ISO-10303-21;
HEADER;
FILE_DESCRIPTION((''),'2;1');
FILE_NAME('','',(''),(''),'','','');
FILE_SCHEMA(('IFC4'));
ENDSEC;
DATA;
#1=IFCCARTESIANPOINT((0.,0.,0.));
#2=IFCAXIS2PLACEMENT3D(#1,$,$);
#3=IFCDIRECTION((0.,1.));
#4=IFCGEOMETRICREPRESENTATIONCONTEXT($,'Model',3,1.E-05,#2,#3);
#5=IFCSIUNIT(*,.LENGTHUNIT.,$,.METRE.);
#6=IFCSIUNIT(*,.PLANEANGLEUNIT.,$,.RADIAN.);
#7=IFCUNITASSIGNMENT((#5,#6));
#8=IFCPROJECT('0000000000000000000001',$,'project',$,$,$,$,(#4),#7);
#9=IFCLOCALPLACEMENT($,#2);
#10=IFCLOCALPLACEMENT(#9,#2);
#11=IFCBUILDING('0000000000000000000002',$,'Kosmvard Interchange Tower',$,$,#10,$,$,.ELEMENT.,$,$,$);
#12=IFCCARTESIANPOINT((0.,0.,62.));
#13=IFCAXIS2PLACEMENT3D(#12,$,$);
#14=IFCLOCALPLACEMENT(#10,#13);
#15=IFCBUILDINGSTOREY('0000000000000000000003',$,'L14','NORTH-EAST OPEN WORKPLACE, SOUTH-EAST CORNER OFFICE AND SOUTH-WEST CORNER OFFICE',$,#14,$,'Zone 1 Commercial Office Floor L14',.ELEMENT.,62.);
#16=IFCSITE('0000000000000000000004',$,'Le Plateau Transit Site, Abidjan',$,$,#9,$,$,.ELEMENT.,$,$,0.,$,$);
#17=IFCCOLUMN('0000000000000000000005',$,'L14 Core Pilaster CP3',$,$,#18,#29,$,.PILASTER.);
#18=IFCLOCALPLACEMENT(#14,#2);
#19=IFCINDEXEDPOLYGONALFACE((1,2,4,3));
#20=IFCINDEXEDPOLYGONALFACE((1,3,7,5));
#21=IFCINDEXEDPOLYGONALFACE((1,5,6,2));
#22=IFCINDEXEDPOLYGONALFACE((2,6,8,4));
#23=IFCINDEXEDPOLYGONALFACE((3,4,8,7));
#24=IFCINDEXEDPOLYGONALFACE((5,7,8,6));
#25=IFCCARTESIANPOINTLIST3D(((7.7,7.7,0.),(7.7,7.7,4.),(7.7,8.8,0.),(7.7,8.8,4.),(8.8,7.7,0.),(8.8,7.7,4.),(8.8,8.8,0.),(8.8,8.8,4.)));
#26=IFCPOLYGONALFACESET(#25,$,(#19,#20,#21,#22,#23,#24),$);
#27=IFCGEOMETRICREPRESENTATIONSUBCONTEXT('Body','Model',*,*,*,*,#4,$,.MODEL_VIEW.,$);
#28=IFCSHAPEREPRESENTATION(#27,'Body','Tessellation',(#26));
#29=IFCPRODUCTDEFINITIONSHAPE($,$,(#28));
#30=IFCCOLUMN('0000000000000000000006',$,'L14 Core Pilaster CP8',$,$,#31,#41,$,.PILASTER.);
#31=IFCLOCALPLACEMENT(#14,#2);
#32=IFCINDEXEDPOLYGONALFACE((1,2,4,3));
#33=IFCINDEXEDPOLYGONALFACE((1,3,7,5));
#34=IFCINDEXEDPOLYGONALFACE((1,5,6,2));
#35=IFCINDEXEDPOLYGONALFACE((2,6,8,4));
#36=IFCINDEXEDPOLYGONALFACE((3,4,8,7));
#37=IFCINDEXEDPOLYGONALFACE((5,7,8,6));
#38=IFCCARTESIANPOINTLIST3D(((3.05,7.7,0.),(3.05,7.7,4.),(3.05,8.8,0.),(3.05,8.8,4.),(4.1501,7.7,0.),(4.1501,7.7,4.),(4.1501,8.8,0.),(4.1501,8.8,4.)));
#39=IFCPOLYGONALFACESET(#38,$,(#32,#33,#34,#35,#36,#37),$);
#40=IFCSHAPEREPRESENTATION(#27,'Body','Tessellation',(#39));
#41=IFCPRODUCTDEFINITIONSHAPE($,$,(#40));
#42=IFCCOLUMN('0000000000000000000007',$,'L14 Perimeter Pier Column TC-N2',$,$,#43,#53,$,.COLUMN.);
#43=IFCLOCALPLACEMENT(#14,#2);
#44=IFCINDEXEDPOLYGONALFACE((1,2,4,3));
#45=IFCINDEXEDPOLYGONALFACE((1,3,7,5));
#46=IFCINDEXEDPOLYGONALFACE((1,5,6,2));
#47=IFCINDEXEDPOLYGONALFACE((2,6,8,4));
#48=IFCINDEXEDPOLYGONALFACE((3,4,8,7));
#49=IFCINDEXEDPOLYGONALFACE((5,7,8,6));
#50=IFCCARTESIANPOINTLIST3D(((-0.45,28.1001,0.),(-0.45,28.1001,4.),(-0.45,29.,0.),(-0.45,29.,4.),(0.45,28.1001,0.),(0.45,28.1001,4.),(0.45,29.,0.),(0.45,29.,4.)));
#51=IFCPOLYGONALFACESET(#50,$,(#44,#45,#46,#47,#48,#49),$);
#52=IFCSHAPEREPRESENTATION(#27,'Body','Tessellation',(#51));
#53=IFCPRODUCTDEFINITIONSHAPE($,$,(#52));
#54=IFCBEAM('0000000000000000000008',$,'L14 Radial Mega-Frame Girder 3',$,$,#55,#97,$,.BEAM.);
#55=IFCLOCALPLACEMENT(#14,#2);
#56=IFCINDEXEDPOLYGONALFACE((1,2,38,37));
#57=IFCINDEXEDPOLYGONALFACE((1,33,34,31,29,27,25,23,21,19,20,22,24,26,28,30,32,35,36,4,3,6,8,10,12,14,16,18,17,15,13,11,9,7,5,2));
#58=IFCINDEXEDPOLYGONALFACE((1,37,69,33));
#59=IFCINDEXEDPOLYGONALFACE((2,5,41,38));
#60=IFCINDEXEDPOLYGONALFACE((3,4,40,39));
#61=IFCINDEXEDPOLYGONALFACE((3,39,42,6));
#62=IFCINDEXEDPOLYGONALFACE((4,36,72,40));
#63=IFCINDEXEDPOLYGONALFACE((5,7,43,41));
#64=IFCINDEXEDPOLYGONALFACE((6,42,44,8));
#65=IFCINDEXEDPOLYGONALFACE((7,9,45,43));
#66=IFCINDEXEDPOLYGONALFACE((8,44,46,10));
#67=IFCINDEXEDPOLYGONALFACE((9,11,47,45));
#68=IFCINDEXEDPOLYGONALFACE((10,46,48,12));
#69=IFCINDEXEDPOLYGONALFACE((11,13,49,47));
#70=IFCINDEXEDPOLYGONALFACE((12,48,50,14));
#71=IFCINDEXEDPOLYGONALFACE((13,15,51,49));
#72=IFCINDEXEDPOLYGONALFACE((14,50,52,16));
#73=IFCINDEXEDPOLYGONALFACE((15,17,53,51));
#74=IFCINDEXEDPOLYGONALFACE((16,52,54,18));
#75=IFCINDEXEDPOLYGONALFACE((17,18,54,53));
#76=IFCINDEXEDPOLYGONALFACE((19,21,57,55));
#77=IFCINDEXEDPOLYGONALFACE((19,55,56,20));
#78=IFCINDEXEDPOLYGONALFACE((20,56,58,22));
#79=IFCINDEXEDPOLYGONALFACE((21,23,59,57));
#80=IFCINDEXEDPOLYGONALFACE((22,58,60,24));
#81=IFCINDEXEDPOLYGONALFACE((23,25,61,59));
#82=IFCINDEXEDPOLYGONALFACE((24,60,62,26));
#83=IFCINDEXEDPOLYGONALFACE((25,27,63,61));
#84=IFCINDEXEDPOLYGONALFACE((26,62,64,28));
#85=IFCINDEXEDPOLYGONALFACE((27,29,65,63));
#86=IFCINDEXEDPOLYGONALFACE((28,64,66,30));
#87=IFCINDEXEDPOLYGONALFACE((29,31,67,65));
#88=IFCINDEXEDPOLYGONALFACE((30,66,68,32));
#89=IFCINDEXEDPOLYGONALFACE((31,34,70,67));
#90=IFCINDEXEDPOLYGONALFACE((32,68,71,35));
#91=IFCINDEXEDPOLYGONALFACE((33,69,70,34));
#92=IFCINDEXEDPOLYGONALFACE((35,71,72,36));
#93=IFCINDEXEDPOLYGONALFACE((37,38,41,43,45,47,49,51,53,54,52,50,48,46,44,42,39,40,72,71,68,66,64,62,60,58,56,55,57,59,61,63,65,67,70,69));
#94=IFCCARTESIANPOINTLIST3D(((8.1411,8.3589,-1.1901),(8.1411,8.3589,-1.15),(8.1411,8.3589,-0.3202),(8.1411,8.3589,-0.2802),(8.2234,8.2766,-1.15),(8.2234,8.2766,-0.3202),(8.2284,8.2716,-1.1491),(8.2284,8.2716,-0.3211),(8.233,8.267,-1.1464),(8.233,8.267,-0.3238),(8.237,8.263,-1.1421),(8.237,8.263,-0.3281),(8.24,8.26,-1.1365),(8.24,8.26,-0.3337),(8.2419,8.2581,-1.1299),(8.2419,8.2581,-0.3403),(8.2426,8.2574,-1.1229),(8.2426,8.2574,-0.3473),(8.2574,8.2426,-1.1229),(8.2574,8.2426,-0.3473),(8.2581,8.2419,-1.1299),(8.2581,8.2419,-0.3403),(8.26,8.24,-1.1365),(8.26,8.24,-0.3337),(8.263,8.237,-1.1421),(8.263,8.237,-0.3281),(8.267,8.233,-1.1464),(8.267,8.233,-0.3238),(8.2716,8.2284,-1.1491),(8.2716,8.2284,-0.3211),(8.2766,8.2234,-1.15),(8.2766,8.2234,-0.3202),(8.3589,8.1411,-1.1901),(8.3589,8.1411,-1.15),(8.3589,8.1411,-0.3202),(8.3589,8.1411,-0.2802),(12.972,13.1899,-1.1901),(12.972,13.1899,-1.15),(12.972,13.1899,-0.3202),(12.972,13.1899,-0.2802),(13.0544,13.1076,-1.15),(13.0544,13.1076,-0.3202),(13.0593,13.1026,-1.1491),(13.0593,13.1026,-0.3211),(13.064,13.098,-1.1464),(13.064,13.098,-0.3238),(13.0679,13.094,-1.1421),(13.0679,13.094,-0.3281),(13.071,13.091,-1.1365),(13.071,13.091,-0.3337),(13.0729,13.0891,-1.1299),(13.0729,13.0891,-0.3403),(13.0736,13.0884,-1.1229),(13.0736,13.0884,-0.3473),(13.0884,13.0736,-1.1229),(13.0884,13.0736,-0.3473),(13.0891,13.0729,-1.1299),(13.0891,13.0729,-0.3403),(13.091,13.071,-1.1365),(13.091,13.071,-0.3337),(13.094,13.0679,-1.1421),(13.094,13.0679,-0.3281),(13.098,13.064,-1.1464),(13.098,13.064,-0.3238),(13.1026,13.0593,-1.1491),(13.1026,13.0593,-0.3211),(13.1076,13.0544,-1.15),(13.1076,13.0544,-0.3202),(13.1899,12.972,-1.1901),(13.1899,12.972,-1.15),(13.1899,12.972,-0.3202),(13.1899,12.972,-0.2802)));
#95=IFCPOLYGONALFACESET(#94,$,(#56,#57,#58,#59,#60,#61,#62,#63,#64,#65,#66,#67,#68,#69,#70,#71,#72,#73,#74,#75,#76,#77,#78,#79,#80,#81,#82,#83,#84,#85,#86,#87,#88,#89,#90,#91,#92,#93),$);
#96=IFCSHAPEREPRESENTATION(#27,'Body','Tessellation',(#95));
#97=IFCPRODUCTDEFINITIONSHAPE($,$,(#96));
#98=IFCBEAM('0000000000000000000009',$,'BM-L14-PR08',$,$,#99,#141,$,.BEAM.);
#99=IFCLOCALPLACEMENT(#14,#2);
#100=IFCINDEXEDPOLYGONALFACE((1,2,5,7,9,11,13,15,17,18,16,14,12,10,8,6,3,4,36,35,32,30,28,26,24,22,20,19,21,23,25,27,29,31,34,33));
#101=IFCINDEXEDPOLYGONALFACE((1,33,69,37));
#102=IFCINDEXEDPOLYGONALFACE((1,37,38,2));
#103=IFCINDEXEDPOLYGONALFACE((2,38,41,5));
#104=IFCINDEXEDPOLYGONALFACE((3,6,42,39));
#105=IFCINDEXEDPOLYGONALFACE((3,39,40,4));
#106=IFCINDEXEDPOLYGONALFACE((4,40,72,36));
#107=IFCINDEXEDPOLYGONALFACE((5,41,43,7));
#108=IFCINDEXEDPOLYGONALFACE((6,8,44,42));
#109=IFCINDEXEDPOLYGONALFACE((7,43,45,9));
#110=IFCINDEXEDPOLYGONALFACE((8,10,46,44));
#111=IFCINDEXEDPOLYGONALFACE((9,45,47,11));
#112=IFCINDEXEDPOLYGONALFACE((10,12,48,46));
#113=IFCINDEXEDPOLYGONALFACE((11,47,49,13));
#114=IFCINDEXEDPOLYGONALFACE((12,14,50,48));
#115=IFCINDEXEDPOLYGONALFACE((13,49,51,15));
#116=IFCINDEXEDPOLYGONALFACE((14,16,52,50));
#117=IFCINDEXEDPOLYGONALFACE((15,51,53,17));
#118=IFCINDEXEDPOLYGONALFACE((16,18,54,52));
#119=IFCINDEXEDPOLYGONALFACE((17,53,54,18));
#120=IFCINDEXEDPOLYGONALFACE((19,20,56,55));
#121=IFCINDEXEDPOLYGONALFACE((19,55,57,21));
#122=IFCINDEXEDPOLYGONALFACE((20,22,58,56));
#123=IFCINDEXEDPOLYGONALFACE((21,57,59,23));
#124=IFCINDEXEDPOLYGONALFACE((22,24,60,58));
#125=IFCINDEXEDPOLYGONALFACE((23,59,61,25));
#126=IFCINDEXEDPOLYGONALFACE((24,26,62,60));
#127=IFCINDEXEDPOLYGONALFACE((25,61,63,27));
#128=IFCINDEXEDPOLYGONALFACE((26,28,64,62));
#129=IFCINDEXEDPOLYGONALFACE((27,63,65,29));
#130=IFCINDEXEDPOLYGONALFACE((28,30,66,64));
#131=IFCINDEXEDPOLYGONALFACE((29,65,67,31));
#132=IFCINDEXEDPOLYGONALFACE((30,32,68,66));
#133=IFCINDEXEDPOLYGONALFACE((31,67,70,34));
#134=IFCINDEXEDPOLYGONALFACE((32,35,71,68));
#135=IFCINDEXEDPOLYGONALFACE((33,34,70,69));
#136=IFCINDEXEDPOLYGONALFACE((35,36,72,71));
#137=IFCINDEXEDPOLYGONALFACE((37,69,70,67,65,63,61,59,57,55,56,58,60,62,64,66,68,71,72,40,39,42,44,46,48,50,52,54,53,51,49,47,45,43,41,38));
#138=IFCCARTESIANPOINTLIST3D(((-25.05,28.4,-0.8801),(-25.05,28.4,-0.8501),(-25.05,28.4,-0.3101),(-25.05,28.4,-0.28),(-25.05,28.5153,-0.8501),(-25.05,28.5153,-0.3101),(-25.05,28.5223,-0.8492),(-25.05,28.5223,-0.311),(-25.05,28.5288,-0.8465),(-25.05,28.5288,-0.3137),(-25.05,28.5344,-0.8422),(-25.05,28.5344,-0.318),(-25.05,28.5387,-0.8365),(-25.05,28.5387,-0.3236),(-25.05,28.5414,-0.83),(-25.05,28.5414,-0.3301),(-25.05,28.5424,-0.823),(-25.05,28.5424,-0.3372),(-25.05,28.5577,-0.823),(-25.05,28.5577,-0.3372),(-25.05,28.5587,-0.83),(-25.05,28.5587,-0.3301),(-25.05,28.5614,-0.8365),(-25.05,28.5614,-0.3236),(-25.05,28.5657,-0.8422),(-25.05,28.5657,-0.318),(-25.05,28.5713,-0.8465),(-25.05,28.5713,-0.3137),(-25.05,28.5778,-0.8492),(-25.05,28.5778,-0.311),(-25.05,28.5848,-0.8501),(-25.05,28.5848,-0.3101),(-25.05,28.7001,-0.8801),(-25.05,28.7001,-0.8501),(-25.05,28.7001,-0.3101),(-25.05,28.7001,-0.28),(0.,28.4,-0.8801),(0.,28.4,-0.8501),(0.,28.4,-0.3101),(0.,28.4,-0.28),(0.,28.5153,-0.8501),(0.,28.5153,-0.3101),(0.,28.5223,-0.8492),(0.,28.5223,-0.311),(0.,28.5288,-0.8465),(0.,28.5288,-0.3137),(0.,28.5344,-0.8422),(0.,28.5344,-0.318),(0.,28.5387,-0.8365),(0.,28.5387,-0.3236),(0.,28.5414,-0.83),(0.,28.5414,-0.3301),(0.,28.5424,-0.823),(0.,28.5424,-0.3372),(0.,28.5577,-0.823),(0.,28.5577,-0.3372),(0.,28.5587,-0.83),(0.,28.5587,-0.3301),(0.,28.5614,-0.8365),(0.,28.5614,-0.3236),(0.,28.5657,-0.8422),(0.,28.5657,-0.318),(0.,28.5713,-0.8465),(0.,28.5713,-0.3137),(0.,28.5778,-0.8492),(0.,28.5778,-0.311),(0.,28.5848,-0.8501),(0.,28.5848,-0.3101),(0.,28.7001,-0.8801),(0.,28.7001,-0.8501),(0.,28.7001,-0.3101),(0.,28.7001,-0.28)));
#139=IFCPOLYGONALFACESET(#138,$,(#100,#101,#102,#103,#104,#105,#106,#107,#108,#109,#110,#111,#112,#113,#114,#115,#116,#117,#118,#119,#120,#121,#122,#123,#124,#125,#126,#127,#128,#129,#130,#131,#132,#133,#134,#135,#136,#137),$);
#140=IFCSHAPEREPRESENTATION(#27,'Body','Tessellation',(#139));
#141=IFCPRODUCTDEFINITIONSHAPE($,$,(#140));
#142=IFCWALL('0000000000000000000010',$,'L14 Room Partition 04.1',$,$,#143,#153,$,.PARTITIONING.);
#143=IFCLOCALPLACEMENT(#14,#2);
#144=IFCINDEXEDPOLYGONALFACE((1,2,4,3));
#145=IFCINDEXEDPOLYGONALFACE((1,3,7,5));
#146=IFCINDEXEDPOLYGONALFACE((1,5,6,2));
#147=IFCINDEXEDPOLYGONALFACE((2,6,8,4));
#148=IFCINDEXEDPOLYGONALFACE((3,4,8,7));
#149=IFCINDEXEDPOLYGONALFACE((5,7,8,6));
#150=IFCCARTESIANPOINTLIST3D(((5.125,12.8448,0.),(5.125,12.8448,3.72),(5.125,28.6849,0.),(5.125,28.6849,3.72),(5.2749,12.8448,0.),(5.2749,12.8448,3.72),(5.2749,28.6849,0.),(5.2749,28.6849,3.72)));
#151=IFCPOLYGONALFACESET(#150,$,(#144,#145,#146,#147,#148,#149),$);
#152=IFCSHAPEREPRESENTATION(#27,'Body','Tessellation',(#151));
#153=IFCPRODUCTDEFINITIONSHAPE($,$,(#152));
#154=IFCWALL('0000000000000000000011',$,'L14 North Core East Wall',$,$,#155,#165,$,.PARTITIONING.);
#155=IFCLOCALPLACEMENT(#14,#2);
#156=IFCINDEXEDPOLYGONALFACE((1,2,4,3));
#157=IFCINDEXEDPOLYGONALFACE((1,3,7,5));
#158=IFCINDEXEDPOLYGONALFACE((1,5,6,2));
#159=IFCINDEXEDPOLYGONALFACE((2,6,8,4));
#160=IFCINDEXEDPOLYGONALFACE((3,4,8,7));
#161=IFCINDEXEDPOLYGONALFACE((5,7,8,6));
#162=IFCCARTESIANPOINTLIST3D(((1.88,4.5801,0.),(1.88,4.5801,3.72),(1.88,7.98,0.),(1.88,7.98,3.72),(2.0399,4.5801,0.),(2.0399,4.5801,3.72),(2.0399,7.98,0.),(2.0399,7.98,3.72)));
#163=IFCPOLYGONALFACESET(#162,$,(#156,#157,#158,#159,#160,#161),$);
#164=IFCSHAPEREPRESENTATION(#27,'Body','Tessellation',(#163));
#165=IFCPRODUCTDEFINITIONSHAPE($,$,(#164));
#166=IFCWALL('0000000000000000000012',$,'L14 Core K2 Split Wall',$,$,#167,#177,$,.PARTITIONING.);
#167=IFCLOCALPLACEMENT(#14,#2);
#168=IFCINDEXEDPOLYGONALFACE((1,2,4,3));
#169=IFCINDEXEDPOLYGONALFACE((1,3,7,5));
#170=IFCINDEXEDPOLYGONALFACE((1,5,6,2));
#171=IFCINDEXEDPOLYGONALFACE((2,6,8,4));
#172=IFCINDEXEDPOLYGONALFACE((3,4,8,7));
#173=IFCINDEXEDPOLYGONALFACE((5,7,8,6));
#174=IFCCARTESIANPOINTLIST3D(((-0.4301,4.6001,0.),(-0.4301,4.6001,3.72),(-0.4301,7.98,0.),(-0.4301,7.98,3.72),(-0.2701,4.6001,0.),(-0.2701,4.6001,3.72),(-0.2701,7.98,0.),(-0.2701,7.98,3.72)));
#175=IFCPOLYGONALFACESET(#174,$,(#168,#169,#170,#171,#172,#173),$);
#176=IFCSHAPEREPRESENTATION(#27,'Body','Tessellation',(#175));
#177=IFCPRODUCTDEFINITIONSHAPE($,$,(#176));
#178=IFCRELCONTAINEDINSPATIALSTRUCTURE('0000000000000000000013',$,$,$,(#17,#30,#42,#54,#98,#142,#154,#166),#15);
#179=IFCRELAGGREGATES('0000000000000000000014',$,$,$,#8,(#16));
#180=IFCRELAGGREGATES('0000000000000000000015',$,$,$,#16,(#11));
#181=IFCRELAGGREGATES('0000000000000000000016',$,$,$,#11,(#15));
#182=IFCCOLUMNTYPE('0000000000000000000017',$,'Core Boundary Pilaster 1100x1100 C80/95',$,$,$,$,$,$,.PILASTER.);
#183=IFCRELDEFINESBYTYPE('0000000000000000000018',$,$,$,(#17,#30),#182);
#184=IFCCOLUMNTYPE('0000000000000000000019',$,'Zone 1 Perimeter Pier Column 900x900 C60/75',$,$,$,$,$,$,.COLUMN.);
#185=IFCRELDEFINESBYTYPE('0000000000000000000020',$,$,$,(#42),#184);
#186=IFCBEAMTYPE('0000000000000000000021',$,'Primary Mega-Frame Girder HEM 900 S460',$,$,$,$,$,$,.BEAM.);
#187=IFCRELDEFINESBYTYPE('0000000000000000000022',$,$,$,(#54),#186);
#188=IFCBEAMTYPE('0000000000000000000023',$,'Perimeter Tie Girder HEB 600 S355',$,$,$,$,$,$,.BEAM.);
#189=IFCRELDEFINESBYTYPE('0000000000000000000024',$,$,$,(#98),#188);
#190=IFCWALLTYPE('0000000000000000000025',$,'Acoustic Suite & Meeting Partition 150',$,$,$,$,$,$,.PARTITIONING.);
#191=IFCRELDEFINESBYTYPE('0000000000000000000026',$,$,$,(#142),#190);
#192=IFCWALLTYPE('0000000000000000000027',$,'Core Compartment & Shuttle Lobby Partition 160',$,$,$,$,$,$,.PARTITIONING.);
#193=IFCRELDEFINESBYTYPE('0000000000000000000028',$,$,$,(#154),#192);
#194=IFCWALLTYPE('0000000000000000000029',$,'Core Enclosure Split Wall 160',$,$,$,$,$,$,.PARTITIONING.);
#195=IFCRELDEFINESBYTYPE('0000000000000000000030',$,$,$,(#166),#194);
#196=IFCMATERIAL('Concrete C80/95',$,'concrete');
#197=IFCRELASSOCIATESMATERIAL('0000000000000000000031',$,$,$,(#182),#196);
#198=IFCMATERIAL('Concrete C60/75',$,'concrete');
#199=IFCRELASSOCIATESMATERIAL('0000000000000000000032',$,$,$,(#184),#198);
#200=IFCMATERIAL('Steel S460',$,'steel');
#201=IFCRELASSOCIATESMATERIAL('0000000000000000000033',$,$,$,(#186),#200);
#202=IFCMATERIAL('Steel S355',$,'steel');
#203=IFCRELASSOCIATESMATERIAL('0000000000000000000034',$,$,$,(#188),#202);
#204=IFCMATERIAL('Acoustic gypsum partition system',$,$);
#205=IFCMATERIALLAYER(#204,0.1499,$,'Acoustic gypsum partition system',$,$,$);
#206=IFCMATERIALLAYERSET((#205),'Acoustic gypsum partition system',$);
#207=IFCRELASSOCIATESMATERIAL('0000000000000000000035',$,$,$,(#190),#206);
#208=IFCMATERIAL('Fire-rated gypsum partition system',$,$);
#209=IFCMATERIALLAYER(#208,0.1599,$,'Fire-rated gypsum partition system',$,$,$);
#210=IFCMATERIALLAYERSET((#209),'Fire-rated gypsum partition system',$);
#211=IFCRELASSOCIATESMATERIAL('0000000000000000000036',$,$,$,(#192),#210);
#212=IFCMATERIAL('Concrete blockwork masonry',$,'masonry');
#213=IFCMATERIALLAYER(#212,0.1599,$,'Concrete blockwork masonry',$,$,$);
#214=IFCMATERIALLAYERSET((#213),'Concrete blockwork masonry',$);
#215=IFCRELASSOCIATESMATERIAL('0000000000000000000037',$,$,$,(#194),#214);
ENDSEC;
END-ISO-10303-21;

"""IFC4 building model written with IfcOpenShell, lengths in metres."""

from ifc_helpers import new_model, si_unit, direction, frame, frame_2d, origin, origin_2d, place, context, subcontext, project, spatial, rectangle, i_section, extrude, source, transform, mapped, material, layer, layer_set, material_profile, profile_set, type_object, element, save


model = new_model("IFC4")

# Units and contexts
model_context = context("Model", 3, precision=1e-05, world=origin(), true_north=direction((0.0, 1.0)))
body_context = subcontext(model_context, "Body", "Model", "MODEL_VIEW")
ifc_project = project(units=[si_unit("LENGTHUNIT", "METRE"), si_unit("PLANEANGLEUNIT", "RADIAN")], contexts=[model_context])

# Site, building, storey
site_placement = place(None, origin())
site = spatial("IfcSite", under=ifc_project, at=site_placement, Name="Le Plateau Transit Site, Abidjan", CompositionType="ELEMENT", RefElevation=0.0)
building_placement = place(site_placement, origin())
building = spatial("IfcBuilding", under=site, at=building_placement, Name="Kosmvard Interchange Tower", CompositionType="ELEMENT")
storey_placement = place(building_placement, frame((0.0, 0.0, 62.0)))
storey = spatial("IfcBuildingStorey", under=building, at=storey_placement, Name="L14", Description="NORTH-EAST OPEN WORKPLACE, SOUTH-EAST CORNER OFFICE AND SOUTH-WEST CORNER OFFICE", LongName="Zone 1 Commercial Office Floor L14", CompositionType="ELEMENT", Elevation=62.0)

# Columns
ifc_material_1 = material(Name="Concrete C80/95", Category="concrete")
ifc_material_profile_1 = material_profile(ifc_material_1, rectangle(XDim=1.1001, YDim=1.1001, at=origin_2d()), Name="CP 1100x1100")
ifc_profile_set_1 = profile_set([ifc_material_profile_1], Name="Concrete C80/95")
column_type_1 = type_object("IfcColumnType", Name="Core Boundary Pilaster 1100x1100 C80/95", PredefinedType="PILASTER", material=ifc_profile_set_1)
shared_shape_1 = source(origin(), body_context, "Body", "SweptSolid", [
    extrude(rectangle(XDim=1.1001, YDim=1.1001, at=origin_2d()), origin(), (0.0, 0.0, 1.0), 4.0),
])
for number, where, z_axis, x_axis, name in (
    (1, (8.25, 8.25, 0.0), (0.0, 0.0, 1.0), (1.0, 0.0, 0.0), "L14 Core Pilaster CP3"),
    (2, (3.6001, 8.25, 0.0), (0.0, 0.0, 1.0), (1.0, 0.0, 0.0), "L14 Core Pilaster CP8"),
):
    element("IfcColumn", number, at=place(storey_placement, frame(where, z_axis=z_axis, x_axis=x_axis)), inside=storey, type_object=column_type_1, Name=name, PredefinedType="PILASTER", context=body_context, shape_type="MappedRepresentation", body=[
        mapped(shared_shape_1, transform((0.0, 0.0, 0.0), scale=1.0)),
    ])
ifc_material_2 = material(Name="Concrete C60/75", Category="concrete")
ifc_material_profile_2 = material_profile(ifc_material_2, rectangle(XDim=0.8999, YDim=0.8999, at=origin_2d()), Name="TC 900x900")
ifc_profile_set_2 = profile_set([ifc_material_profile_2], Name="Concrete C60/75")
column_type_2 = type_object("IfcColumnType", Name="Zone 1 Perimeter Pier Column 900x900 C60/75", PredefinedType="COLUMN", material=ifc_profile_set_2)
shared_shape_2 = source(origin(), body_context, "Body", "SweptSolid", [
    extrude(rectangle(XDim=0.8999, YDim=0.8999, at=origin_2d()), origin(), (0.0, 0.0, 1.0), 4.0),
])
column_placement = place(storey_placement, frame((0.0, 28.55, 0.0), z_axis=(0.0, 0.0, 1.0), x_axis=(1.0, 0.0, 0.0)))
element("IfcColumn", 3, at=column_placement, inside=storey, type_object=column_type_2, Name="L14 Perimeter Pier Column TC-N2", PredefinedType="COLUMN", context=body_context, shape_type="MappedRepresentation", body=[
    mapped(shared_shape_2, transform((0.0, 0.0, 0.0), scale=1.0)),
])

# Beams
ifc_material_3 = material(Name="Steel S460", Category="steel")
ifc_material_profile_3 = material_profile(ifc_material_3, i_section(OverallWidth=0.3081, OverallDepth=0.9099, WebThickness=0.021, FlangeThickness=0.04, FilletRadius=0.0271, at=origin_2d()), Name="HEM 900")
ifc_profile_set_3 = profile_set([ifc_material_profile_3], Name="Steel S460")
beam_type_1 = type_object("IfcBeamType", Name="Primary Mega-Frame Girder HEM 900 S460", PredefinedType="BEAM", material=ifc_profile_set_3)
shared_shape_3 = source(origin(), body_context, "Body", "SweptSolid", [
    extrude(i_section(OverallWidth=0.3081, OverallDepth=0.9099, WebThickness=0.021, FlangeThickness=0.04, FilletRadius=0.0271, at=origin_2d()), origin(), (0.0, 0.0, 1.0), 6.832),
])
beam_1_placement = place(storey_placement, frame((8.25, 8.25, -0.7351), z_axis=(0.707107, 0.707107, 0.0), x_axis=(-0.707107, 0.707107, 0.0)))
element("IfcBeam", 4, at=beam_1_placement, inside=storey, type_object=beam_type_1, Name="L14 Radial Mega-Frame Girder 3", PredefinedType="BEAM", context=body_context, shape_type="MappedRepresentation", body=[
    mapped(shared_shape_3, transform((0.0, 0.0, 0.0), scale=1.0)),
])
ifc_material_4 = material(Name="Steel S355", Category="steel")
ifc_material_profile_4 = material_profile(ifc_material_4, i_section(OverallWidth=0.3, OverallDepth=0.6001, WebThickness=0.0154, FlangeThickness=0.03, FilletRadius=0.0271, at=origin_2d()), Name="HEB 600")
ifc_profile_set_4 = profile_set([ifc_material_profile_4], Name="Steel S355")
beam_type_2 = type_object("IfcBeamType", Name="Perimeter Tie Girder HEB 600 S355", PredefinedType="BEAM", material=ifc_profile_set_4)
shared_shape_4 = source(origin(), body_context, "Body", "SweptSolid", [
    extrude(i_section(OverallWidth=0.3, OverallDepth=0.6001, WebThickness=0.0154, FlangeThickness=0.03, FilletRadius=0.0271, at=origin_2d()), origin(), (0.0, 0.0, 1.0), 25.05),
])
beam_2_placement = place(storey_placement, frame((0.0, 28.55, -0.5801), z_axis=(-1.0, 0.0, 0.0), x_axis=(0.0, -1.0, 0.0)))
element("IfcBeam", 5, at=beam_2_placement, inside=storey, type_object=beam_type_2, Name="BM-L14-PR08", PredefinedType="BEAM", context=body_context, shape_type="MappedRepresentation", body=[
    mapped(shared_shape_4, transform((0.0, 0.0, 0.0), scale=1.0)),
])

# Walls
ifc_material_5 = material(Name="Acoustic gypsum partition system")
ifc_layer_1 = layer(ifc_material_5, 0.1499, Name="Acoustic gypsum partition system")
ifc_layer_set_1 = layer_set([ifc_layer_1], Name="Acoustic gypsum partition system")
wall_type_1 = type_object("IfcWallType", Name="Acoustic Suite & Meeting Partition 150", PredefinedType="PARTITIONING", material=ifc_layer_set_1)
wall_1_placement = place(storey_placement, frame((5.2, 12.845, 0.0), z_axis=(0.0, 0.0, 1.0), x_axis=(0.0, 1.0, 0.0)))
element("IfcWall", 6, at=wall_1_placement, inside=storey, type_object=wall_type_1, Name="L14 Room Partition 04.1", PredefinedType="PARTITIONING", context=body_context, shape_type="SweptSolid", body=[
    extrude(rectangle(XDim=15.8401, YDim=0.1499, at=frame_2d((7.9199, 0.0))), origin(), (0.0, 0.0, 1.0), 3.72),
])
ifc_material_6 = material(Name="Fire-rated gypsum partition system")
ifc_layer_2 = layer(ifc_material_6, 0.1599, Name="Fire-rated gypsum partition system")
ifc_layer_set_2 = layer_set([ifc_layer_2], Name="Fire-rated gypsum partition system")
wall_type_2 = type_object("IfcWallType", Name="Core Compartment & Shuttle Lobby Partition 160", PredefinedType="PARTITIONING", material=ifc_layer_set_2)
wall_2_placement = place(storey_placement, frame((1.96, 4.5801, 0.0), z_axis=(0.0, 0.0, 1.0), x_axis=(0.0, 1.0, 0.0)))
element("IfcWall", 7, at=wall_2_placement, inside=storey, type_object=wall_type_2, Name="L14 North Core East Wall", PredefinedType="PARTITIONING", context=body_context, shape_type="SweptSolid", body=[
    extrude(rectangle(XDim=3.3999, YDim=0.1599, at=frame_2d((1.7, 0.0))), origin(), (0.0, 0.0, 1.0), 3.72),
])
ifc_material_7 = material(Name="Concrete blockwork masonry", Category="masonry")
ifc_layer_3 = layer(ifc_material_7, 0.1599, Name="Concrete blockwork masonry")
ifc_layer_set_3 = layer_set([ifc_layer_3], Name="Concrete blockwork masonry")
wall_type_3 = type_object("IfcWallType", Name="Core Enclosure Split Wall 160", PredefinedType="PARTITIONING", material=ifc_layer_set_3)
wall_3_placement = place(storey_placement, frame((-0.3501, 4.6001, 0.0), z_axis=(0.0, 0.0, 1.0), x_axis=(0.0, 1.0, 0.0)))
element("IfcWall", 8, at=wall_3_placement, inside=storey, type_object=wall_type_3, Name="L14 Core K2 Split Wall", PredefinedType="PARTITIONING", context=body_context, shape_type="SweptSolid", body=[
    extrude(rectangle(XDim=3.3799, YDim=0.1599, at=frame_2d((1.6899, 0.0))), origin(), (0.0, 0.0, 1.0), 3.72),
])

save(model, "model.ifc")
